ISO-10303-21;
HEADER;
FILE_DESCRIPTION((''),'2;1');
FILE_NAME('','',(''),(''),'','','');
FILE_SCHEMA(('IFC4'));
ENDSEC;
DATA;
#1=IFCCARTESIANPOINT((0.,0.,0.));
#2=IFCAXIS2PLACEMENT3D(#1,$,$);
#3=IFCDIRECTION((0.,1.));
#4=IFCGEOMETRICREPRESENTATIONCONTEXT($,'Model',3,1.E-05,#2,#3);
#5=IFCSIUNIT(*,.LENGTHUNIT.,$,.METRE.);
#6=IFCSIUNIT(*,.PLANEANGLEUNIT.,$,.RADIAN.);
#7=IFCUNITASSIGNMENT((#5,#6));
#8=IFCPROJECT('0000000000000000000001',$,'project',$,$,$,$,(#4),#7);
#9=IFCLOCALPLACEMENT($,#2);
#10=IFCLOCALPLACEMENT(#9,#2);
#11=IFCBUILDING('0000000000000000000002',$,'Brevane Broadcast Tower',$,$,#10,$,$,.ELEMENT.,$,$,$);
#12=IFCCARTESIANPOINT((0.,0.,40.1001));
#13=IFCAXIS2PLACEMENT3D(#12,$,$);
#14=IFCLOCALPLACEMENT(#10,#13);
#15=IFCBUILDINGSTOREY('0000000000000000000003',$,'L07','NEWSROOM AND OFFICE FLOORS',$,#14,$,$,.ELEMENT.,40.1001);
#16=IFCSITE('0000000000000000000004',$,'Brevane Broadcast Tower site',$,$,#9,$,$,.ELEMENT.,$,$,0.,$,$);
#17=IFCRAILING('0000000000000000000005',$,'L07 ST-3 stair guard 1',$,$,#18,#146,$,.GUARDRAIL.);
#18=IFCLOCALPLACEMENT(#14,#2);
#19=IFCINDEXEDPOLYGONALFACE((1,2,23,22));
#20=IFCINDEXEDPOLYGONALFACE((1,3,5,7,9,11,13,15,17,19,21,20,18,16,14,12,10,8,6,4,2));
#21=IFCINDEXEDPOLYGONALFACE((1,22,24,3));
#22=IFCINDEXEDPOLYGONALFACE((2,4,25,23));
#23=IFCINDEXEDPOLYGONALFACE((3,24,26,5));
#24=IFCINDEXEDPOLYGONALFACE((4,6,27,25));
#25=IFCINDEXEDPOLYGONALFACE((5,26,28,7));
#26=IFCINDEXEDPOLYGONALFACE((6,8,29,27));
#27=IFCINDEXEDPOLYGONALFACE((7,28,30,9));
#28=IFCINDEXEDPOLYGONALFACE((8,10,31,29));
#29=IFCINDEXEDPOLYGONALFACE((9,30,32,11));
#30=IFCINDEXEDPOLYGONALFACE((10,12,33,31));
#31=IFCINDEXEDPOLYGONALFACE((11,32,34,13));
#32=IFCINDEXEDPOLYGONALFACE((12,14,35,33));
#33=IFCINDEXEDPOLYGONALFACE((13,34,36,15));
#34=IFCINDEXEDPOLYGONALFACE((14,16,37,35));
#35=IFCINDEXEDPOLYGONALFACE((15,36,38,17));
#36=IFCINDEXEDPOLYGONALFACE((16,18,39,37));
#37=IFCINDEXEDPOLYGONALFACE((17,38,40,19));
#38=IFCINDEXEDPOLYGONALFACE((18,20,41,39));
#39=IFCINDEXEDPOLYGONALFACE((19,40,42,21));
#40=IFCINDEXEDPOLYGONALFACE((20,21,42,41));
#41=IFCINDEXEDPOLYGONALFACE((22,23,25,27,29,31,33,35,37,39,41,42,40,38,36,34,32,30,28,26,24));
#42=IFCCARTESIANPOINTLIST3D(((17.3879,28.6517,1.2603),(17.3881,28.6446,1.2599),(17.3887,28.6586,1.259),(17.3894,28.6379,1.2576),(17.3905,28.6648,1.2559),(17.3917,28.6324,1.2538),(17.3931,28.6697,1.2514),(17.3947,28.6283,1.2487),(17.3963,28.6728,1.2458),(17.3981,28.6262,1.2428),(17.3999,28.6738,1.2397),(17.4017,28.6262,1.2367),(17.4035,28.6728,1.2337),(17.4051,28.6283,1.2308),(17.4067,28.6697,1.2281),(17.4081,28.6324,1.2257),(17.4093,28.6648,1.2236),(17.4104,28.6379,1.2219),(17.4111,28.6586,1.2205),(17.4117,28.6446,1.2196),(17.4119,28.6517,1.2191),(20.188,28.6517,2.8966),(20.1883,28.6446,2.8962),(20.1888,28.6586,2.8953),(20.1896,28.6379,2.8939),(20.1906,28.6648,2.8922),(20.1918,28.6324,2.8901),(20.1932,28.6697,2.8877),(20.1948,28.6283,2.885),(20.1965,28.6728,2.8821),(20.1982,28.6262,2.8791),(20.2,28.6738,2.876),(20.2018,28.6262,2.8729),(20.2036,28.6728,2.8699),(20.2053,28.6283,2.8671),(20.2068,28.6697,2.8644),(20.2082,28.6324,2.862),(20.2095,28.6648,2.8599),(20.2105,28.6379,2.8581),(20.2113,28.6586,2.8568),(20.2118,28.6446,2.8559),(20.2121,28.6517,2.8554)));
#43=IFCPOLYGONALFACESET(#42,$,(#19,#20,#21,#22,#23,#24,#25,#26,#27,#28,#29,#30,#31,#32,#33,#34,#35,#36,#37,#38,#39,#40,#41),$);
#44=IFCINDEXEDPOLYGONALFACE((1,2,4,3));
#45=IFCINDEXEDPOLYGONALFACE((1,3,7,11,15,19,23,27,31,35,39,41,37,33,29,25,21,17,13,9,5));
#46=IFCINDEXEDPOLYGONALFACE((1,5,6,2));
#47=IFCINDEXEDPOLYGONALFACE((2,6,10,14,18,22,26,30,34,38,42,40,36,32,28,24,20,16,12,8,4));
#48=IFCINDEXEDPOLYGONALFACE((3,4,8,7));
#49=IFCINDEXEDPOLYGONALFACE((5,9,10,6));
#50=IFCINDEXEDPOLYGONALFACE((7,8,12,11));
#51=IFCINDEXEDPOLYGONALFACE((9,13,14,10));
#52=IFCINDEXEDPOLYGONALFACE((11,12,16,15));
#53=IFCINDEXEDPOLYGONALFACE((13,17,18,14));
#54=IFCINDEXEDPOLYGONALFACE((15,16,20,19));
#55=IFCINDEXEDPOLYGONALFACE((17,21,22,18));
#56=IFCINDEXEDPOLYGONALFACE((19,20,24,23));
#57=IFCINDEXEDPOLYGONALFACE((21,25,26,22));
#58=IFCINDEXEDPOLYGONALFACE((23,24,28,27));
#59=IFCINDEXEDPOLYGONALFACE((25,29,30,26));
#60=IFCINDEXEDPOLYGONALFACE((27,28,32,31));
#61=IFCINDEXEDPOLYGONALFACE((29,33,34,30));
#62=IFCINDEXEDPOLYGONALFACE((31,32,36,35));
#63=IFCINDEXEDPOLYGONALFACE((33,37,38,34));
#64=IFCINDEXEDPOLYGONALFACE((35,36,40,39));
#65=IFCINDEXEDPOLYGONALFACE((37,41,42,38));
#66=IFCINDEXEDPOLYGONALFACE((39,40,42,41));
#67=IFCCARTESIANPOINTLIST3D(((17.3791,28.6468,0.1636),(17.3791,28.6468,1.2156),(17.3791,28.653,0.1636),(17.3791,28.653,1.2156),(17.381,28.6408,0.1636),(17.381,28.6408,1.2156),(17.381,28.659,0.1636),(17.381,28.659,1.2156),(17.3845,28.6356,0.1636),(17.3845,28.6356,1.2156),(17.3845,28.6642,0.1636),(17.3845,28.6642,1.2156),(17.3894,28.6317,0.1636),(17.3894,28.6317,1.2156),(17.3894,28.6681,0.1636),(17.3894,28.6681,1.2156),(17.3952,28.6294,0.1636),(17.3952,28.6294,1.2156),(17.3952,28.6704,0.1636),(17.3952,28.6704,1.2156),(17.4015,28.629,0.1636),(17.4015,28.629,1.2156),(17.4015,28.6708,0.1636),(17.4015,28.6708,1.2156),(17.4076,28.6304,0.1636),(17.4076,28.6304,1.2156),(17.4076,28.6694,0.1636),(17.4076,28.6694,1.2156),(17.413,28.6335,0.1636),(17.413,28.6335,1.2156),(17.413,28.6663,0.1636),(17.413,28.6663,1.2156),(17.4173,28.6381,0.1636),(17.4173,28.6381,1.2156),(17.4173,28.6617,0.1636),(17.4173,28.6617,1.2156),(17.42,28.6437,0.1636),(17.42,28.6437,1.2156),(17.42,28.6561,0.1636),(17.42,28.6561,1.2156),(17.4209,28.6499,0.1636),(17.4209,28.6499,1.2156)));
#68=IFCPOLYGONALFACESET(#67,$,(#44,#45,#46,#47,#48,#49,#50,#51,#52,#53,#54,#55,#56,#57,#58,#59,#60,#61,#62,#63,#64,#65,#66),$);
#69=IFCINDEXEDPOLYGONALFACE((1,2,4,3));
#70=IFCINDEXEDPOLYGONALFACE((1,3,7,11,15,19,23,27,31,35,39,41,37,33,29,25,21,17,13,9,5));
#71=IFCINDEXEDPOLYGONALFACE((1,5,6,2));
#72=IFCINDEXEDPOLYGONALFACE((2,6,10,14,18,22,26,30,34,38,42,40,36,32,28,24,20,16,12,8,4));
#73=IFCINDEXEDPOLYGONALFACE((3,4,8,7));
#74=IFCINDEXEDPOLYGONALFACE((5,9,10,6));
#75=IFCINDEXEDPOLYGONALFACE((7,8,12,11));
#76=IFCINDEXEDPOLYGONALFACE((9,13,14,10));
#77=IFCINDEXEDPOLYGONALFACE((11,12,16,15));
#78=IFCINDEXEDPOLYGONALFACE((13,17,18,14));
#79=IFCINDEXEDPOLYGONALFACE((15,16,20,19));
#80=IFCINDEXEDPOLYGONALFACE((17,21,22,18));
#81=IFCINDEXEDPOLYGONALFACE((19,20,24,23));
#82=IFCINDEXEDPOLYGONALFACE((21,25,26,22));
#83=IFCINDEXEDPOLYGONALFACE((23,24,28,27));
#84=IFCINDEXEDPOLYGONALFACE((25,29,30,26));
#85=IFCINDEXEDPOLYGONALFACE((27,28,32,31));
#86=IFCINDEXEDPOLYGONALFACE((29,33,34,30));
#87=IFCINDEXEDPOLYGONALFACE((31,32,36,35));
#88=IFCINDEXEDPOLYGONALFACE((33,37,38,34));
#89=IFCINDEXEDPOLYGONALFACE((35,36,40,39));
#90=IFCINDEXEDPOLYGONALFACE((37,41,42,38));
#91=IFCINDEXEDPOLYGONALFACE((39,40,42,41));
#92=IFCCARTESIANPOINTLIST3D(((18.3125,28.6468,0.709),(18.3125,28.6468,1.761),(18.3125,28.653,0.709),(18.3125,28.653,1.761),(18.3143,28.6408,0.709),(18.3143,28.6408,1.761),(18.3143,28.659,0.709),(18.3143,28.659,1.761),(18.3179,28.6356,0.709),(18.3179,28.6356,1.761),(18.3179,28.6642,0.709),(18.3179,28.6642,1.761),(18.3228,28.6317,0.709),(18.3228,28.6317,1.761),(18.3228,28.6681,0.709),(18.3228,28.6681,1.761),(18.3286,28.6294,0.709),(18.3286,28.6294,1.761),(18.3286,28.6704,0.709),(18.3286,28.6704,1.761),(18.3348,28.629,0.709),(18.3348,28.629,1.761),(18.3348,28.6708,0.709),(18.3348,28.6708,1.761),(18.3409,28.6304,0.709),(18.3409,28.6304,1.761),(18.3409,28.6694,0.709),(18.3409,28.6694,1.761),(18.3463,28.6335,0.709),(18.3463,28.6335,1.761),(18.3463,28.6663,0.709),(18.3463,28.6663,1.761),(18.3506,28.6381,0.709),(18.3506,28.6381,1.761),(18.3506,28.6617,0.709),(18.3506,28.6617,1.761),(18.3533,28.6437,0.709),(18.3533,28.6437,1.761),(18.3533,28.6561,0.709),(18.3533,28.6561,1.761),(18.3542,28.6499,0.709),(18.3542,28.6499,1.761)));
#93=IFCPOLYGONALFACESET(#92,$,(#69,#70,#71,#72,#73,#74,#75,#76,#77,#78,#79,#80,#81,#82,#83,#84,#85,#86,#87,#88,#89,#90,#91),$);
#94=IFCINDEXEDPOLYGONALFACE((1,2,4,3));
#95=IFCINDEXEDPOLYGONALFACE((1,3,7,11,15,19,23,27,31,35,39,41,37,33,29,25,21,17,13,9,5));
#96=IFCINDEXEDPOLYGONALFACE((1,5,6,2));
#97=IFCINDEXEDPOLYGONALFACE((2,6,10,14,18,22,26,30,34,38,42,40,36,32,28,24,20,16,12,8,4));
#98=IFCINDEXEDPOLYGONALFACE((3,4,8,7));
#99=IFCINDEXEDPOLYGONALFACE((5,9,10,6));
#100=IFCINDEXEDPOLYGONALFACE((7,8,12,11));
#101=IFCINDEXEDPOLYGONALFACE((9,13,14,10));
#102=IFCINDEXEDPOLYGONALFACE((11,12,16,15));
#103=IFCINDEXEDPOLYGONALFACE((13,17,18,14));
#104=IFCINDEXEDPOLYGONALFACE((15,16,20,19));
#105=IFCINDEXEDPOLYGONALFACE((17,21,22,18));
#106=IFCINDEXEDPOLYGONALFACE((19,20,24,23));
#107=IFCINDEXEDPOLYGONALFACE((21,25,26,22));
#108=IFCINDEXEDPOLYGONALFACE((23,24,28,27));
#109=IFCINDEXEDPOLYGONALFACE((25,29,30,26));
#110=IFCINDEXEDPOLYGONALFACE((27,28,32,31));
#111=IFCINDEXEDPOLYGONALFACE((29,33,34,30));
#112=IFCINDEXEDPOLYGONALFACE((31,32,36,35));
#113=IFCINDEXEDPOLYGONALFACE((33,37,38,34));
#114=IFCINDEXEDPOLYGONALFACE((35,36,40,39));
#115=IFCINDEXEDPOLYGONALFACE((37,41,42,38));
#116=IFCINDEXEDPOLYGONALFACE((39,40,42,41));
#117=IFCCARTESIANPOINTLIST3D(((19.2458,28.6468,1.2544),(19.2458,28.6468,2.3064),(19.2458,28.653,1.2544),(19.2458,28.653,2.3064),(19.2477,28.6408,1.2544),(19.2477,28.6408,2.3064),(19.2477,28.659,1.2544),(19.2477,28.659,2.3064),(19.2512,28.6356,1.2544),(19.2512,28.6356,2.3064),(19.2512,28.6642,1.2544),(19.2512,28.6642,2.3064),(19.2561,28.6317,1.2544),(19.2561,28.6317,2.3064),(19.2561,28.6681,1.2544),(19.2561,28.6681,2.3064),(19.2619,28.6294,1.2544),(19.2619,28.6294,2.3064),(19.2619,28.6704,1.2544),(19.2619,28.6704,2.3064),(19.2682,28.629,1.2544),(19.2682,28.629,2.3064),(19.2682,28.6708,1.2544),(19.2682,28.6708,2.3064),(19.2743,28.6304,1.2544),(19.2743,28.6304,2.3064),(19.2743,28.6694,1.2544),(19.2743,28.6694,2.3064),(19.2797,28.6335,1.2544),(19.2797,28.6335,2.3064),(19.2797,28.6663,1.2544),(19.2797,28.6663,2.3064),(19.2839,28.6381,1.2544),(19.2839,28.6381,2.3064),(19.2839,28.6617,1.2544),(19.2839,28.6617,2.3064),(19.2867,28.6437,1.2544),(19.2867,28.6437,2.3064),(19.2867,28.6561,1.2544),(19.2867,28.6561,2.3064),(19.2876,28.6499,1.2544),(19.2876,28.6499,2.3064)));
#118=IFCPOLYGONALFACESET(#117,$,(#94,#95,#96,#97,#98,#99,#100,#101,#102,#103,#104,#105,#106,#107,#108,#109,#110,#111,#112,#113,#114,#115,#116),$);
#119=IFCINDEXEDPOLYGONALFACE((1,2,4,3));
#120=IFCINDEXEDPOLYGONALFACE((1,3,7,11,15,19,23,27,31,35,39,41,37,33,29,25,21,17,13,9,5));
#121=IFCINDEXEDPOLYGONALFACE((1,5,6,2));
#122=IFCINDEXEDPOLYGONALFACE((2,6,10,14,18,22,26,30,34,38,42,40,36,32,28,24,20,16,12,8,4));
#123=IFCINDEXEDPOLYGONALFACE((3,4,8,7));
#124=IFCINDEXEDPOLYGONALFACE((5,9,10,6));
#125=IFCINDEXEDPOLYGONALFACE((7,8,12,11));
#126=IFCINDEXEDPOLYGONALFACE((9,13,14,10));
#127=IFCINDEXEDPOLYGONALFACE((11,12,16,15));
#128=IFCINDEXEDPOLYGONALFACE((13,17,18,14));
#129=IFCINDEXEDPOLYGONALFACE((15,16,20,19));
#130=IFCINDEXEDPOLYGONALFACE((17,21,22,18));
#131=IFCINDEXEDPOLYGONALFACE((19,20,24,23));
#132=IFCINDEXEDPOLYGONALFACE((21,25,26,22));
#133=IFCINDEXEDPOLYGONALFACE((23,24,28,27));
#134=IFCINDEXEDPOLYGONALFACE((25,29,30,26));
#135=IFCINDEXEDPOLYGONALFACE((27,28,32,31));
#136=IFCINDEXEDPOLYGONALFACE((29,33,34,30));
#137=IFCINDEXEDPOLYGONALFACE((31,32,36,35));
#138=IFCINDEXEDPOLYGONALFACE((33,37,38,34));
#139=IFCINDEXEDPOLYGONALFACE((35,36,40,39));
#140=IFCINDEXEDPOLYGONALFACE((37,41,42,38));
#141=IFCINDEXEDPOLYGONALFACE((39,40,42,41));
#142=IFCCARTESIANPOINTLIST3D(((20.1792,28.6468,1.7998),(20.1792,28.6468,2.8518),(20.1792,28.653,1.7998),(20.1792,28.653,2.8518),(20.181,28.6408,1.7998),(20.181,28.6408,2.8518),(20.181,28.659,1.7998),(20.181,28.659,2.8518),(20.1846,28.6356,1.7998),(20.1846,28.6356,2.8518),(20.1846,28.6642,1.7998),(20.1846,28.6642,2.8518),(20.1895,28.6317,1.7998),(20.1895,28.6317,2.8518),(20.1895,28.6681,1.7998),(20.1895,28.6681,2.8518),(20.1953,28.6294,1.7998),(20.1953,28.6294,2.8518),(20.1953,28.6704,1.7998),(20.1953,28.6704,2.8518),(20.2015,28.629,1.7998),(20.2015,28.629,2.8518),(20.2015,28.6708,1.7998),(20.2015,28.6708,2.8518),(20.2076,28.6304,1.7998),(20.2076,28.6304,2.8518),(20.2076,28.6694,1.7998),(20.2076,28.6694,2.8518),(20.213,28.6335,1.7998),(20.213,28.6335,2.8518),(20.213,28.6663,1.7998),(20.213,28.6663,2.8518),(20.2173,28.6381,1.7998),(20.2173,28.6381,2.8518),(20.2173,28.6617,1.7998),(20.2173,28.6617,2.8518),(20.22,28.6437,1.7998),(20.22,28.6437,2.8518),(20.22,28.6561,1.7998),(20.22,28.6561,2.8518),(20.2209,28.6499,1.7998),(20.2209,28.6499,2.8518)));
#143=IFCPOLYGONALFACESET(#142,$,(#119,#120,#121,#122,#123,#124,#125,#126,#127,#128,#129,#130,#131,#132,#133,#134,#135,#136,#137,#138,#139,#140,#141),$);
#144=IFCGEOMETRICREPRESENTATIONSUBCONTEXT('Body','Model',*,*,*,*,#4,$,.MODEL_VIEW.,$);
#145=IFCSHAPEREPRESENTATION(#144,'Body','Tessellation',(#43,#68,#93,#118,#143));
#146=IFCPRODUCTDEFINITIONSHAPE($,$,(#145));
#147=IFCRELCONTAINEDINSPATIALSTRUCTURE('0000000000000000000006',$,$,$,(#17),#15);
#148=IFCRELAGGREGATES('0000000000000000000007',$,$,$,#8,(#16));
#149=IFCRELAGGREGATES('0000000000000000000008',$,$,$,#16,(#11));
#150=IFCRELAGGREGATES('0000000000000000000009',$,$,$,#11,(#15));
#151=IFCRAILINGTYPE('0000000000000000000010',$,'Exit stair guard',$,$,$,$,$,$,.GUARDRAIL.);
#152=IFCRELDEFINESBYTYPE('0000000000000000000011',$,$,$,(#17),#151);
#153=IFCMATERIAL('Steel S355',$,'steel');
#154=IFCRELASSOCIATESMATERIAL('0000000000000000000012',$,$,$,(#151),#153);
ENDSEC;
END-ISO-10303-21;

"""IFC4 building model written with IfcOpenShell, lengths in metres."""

from ifc_helpers import new_model, si_unit, direction, frame, origin, origin_2d, place, context, subcontext, project, spatial, circle, extrude, material, type_object, element, save


model = new_model("IFC4")

# Units and contexts
model_context = context("Model", 3, precision=1e-05, world=origin(), true_north=direction((0.0, 1.0)))
body_context = subcontext(model_context, "Body", "Model", "MODEL_VIEW")
ifc_project = project(units=[si_unit("LENGTHUNIT", "METRE"), si_unit("PLANEANGLEUNIT", "RADIAN")], contexts=[model_context])

# Site, building, storey
site_placement = place(None, origin())
site = spatial("IfcSite", under=ifc_project, at=site_placement, Name="Brevane Broadcast Tower site", CompositionType="ELEMENT", RefElevation=0.0)
building_placement = place(site_placement, origin())
building = spatial("IfcBuilding", under=site, at=building_placement, Name="Brevane Broadcast Tower", CompositionType="ELEMENT")
storey_placement = place(building_placement, frame((0.0, 0.0, 40.1001)))
storey = spatial("IfcBuildingStorey", under=building, at=storey_placement, Name="L07", Description="NEWSROOM AND OFFICE FLOORS", CompositionType="ELEMENT", Elevation=40.1001)

# Shared definitions
ifc_material_1 = material(Name="Steel S355", Category="steel")

# Railing
railing_type_1 = type_object("IfcRailingType", Name="Exit stair guard", PredefinedType="GUARDRAIL", material=ifc_material_1)
railing_1_placement = place(storey_placement, frame((17.3999, 28.6499, 0.1636)))
element("IfcRailing", 1, at=railing_1_placement, inside=storey, type_object=railing_type_1, Name="L07 ST-3 stair guard 1", PredefinedType="GUARDRAIL", context=body_context, shape_type="SweptSolid", body=[
    extrude(circle(Radius=0.0239, at=origin_2d()), frame((0.0, 0.0, 1.0762), z_axis=(0.863394, 0.0, 0.504531), x_axis=(0.0, 1.0, 0.0)), (0.0, 0.0, 1.0), 3.2432),
    extrude(circle(Radius=0.021, at=origin_2d()), origin(), (0.0, 0.0, 1.0), 1.052),
    extrude(circle(Radius=0.021, at=origin_2d()), frame((0.9333, 0.0, 0.5454)), (0.0, 0.0, 1.0), 1.052),
    extrude(circle(Radius=0.021, at=origin_2d()), frame((1.8667, 0.0, 1.0908)), (0.0, 0.0, 1.0), 1.052),
    extrude(circle(Radius=0.021, at=origin_2d()), frame((2.8, 0.0, 1.6362)), (0.0, 0.0, 1.0), 1.052),
])

save(model, "model.ifc")
